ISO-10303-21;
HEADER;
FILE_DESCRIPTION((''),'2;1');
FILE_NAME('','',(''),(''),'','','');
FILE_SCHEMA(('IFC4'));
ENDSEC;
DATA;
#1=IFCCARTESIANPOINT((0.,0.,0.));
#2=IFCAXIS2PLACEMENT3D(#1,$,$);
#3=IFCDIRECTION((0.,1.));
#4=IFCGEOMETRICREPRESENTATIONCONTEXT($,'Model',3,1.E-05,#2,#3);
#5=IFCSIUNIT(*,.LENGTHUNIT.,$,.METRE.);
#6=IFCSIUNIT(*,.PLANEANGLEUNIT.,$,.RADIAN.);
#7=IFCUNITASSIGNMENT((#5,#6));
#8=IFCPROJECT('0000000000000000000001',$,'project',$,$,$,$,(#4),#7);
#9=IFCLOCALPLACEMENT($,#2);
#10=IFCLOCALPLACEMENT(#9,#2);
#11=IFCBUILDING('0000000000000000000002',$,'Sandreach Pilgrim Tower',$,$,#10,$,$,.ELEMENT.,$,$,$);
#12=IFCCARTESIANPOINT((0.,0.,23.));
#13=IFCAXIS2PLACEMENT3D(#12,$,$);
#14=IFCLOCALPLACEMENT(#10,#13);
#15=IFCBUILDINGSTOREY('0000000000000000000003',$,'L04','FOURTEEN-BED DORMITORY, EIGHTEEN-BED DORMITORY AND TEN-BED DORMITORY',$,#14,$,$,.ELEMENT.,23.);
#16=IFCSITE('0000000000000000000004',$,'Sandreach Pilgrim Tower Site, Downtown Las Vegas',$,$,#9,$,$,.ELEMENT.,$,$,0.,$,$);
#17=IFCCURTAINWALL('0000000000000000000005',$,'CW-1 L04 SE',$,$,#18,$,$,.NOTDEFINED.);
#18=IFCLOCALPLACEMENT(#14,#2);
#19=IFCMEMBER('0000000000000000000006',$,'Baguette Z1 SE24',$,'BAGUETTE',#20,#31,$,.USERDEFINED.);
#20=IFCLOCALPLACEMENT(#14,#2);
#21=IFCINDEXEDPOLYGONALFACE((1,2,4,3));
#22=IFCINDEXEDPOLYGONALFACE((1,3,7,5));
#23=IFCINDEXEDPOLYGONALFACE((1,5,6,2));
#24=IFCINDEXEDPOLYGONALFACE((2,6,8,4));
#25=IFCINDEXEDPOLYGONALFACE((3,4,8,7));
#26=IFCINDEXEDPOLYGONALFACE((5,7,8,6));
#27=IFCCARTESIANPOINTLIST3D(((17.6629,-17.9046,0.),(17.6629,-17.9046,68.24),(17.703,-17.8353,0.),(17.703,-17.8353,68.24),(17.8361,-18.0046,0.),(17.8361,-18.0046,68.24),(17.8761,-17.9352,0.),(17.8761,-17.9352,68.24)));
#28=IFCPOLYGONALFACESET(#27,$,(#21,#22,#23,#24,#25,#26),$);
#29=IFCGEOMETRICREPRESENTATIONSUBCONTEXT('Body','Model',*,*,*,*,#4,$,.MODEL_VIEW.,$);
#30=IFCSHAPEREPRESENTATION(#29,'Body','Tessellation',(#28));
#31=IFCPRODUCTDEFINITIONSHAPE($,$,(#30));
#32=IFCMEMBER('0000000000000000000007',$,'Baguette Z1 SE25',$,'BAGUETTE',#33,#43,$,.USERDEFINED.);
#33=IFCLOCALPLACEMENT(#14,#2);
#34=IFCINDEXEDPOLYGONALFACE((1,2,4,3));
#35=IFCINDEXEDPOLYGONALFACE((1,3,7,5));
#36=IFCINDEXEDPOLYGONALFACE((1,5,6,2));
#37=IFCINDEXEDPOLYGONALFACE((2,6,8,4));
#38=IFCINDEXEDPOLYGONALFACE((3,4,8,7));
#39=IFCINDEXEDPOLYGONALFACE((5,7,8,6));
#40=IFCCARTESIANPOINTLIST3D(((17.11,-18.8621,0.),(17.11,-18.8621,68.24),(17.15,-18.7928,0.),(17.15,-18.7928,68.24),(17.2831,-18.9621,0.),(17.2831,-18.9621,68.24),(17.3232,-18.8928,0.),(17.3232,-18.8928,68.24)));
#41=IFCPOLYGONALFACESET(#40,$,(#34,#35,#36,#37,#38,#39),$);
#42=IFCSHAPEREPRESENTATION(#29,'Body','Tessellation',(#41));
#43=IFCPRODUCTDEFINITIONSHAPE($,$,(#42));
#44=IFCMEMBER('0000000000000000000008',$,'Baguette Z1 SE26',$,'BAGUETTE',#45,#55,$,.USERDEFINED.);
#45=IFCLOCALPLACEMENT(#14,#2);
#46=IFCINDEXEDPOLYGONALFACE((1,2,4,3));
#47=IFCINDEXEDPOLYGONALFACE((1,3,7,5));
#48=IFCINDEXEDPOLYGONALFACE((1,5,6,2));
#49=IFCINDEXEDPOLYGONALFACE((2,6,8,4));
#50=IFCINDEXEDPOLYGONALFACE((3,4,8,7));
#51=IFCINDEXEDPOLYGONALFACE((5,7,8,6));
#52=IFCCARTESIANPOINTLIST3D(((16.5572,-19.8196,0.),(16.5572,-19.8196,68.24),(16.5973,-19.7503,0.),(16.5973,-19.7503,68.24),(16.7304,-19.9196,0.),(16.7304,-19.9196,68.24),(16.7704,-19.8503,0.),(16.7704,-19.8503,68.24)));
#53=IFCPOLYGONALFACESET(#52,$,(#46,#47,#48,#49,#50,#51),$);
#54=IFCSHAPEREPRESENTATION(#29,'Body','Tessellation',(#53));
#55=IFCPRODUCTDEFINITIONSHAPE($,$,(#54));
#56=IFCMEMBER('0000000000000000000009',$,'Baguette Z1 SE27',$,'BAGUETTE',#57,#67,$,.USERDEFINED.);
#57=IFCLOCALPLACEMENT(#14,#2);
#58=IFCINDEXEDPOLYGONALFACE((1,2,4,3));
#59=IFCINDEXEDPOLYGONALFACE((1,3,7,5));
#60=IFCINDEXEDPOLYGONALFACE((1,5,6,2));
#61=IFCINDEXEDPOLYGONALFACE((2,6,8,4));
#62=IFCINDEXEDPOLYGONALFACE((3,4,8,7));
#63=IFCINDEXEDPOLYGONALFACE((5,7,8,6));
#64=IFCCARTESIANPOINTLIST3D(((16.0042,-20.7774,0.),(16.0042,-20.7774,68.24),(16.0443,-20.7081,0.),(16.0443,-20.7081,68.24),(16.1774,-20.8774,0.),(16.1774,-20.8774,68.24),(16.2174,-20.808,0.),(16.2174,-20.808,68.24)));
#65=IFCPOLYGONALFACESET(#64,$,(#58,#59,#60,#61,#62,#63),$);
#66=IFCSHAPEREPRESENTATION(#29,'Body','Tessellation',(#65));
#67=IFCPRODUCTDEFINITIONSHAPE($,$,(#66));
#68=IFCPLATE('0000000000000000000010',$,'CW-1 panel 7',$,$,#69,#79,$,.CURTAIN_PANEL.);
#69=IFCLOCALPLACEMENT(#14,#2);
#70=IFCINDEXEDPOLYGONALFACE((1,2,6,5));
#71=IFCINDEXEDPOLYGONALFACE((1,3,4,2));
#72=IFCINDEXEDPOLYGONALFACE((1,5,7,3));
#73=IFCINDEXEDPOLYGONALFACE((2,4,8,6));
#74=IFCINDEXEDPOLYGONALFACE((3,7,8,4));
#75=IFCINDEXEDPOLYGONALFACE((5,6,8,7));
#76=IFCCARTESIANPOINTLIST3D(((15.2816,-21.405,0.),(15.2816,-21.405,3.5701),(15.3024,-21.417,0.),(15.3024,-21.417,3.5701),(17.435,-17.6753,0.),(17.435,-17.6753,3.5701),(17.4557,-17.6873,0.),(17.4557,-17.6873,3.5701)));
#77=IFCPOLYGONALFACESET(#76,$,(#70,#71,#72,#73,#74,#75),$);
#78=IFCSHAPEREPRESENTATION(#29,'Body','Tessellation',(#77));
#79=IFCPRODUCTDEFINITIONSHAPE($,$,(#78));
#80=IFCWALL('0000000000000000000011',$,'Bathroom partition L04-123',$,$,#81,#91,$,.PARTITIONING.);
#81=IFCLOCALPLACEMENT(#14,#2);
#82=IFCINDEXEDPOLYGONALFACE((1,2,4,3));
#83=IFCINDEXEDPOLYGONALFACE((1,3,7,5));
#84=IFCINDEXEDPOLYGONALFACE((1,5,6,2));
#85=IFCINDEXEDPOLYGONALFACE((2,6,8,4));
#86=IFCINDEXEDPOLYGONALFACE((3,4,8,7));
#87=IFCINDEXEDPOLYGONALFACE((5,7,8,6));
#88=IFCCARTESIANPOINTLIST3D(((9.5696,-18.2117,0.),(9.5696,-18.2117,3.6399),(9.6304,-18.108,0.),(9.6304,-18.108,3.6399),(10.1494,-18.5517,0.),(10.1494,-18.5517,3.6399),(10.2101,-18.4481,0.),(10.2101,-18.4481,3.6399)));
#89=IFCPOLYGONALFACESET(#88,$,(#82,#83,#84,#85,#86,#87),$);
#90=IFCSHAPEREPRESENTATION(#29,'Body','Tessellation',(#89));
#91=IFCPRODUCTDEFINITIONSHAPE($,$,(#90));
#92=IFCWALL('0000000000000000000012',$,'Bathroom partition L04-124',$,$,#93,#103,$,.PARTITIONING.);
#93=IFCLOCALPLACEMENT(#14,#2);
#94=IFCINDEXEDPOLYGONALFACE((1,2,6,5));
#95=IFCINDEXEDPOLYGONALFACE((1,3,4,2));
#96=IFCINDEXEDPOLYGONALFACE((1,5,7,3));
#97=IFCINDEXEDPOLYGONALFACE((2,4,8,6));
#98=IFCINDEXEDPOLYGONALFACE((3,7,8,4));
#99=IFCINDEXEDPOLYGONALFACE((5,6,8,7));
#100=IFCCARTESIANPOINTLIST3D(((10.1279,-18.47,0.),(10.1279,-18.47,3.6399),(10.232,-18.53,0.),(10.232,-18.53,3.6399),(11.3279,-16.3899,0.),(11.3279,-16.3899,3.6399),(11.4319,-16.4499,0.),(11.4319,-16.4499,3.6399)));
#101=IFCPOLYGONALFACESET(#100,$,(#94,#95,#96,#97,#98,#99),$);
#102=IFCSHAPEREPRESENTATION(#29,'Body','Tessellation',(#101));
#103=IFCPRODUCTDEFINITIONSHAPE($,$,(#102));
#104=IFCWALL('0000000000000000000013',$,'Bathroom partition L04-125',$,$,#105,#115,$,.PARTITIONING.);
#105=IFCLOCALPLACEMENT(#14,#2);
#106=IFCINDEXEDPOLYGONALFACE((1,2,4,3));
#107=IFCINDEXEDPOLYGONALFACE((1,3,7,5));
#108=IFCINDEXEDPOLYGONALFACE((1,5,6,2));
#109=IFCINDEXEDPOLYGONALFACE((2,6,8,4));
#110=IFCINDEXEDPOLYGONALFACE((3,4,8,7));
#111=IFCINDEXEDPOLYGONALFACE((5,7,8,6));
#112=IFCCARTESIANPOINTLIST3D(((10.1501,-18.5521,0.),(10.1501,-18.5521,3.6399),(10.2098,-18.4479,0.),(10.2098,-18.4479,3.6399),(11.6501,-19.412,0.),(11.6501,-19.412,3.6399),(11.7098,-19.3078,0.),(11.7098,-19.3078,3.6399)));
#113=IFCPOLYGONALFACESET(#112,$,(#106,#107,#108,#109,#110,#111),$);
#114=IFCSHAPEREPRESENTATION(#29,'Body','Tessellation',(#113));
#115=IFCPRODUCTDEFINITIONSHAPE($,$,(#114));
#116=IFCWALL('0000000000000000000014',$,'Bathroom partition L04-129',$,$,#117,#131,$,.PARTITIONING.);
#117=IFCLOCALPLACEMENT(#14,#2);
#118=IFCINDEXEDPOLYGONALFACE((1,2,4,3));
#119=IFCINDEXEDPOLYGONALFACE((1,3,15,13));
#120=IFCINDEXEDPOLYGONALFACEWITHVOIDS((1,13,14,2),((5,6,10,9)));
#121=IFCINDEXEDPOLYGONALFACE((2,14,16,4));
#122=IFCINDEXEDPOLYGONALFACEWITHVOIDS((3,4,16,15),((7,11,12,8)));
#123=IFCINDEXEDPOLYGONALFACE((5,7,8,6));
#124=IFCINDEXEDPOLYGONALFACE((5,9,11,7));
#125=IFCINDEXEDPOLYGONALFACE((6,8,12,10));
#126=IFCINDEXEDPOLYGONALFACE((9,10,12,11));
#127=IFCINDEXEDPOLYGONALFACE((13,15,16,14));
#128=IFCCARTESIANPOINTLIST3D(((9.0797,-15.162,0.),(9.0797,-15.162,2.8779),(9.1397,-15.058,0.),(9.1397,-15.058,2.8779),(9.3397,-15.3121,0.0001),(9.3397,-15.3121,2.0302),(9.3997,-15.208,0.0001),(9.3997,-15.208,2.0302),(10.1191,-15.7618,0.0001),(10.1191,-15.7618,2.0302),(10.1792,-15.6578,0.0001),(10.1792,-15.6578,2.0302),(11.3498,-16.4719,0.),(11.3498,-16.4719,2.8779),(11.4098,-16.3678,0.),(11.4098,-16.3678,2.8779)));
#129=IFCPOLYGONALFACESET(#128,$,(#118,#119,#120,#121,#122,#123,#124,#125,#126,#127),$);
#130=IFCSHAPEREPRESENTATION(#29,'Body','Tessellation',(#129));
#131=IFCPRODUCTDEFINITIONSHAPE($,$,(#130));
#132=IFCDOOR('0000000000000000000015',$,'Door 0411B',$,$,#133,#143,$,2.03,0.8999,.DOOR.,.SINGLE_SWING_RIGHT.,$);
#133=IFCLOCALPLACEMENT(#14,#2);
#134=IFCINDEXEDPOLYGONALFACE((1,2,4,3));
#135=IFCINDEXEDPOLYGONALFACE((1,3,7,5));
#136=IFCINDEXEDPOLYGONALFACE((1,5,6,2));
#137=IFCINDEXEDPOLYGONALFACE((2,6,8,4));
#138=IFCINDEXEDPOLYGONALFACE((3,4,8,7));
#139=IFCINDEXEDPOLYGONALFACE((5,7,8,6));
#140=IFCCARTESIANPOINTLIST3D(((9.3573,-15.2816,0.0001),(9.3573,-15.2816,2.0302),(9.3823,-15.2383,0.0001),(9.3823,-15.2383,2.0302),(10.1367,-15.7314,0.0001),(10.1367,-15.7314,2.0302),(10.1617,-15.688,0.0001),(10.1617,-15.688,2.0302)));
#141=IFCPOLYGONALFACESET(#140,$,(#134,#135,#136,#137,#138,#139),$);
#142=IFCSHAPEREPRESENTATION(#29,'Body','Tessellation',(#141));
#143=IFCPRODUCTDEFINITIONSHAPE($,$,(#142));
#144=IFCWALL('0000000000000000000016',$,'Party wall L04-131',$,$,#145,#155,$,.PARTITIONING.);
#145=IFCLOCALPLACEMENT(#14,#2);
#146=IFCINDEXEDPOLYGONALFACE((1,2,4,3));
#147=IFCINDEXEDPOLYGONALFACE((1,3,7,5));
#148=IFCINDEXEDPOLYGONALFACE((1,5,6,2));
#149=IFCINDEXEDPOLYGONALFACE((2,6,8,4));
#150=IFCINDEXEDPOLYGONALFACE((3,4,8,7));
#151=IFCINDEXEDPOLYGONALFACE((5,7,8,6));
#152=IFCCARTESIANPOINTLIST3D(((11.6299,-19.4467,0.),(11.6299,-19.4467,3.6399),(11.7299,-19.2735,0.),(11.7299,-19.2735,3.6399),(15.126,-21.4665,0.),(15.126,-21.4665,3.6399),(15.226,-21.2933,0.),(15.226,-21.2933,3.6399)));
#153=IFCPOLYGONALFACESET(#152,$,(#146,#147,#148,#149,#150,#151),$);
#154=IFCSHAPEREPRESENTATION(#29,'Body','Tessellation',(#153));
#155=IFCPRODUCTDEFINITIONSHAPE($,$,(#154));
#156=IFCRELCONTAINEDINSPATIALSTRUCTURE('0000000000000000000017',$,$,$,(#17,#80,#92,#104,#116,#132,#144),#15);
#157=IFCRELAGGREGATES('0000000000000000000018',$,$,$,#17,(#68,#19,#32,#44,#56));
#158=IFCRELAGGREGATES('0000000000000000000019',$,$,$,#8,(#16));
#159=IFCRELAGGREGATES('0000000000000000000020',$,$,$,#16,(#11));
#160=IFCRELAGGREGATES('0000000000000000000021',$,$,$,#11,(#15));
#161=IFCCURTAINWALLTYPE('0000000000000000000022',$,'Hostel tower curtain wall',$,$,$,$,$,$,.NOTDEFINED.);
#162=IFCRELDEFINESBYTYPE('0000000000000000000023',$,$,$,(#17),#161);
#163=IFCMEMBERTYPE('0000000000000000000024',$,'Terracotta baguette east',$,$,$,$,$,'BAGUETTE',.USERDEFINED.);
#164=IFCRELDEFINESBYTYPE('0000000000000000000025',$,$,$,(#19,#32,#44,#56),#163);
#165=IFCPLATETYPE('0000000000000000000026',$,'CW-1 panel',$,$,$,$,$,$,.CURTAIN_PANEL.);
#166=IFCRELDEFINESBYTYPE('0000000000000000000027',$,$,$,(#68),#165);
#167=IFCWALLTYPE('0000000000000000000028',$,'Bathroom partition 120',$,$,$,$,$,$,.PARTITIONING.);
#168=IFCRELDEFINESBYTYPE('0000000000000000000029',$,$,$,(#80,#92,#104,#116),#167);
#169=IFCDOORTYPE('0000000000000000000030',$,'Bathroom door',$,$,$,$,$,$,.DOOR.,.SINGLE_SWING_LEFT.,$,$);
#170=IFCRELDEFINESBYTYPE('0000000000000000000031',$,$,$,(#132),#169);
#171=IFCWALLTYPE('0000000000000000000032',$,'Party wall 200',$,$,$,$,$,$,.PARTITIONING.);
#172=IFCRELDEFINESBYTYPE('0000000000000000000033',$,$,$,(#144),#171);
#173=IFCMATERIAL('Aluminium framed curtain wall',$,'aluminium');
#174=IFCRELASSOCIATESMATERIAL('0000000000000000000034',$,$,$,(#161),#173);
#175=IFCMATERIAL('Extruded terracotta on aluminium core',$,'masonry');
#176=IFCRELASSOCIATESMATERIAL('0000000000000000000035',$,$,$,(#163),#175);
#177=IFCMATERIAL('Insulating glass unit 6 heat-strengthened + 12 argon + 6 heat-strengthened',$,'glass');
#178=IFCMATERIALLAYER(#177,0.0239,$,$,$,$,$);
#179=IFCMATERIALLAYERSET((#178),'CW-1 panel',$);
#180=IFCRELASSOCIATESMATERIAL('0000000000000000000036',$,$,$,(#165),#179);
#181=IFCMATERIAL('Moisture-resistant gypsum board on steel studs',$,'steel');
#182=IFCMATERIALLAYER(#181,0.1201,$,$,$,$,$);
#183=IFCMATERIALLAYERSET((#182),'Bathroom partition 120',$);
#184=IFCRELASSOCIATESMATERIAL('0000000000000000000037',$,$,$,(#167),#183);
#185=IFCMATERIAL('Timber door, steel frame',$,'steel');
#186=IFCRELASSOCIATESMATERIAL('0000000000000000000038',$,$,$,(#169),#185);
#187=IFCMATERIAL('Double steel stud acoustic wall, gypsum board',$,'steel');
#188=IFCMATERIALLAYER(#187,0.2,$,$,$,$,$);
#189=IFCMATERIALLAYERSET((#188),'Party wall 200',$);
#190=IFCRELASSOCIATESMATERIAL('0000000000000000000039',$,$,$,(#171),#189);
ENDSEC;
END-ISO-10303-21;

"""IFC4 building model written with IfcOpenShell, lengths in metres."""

from ifc_helpers import new_model, si_unit, direction, frame, frame_2d, origin, origin_2d, place, context, subcontext, project, spatial, rectangle, extrude, material, layer, layer_set, material_profile, profile_set, type_object, element, fill, aggregate, save


model = new_model("IFC4")

# Units and contexts
model_context = context("Model", 3, precision=1e-05, world=origin(), true_north=direction((0.0, 1.0)))
body_context = subcontext(model_context, "Body", "Model", "MODEL_VIEW")
ifc_project = project(units=[si_unit("LENGTHUNIT", "METRE"), si_unit("PLANEANGLEUNIT", "RADIAN")], contexts=[model_context])

# Site, building, storey
site_placement = place(None, origin())
site = spatial("IfcSite", under=ifc_project, at=site_placement, Name="Sandreach Pilgrim Tower Site, Downtown Las Vegas", CompositionType="ELEMENT", RefElevation=0.0)
building_placement = place(site_placement, origin())
building = spatial("IfcBuilding", under=site, at=building_placement, Name="Sandreach Pilgrim Tower", CompositionType="ELEMENT")
storey_placement = place(building_placement, frame((0.0, 0.0, 23.0)))
storey = spatial("IfcBuildingStorey", under=building, at=storey_placement, Name="L04", Description="FOURTEEN-BED DORMITORY, EIGHTEEN-BED DORMITORY AND TEN-BED DORMITORY", CompositionType="ELEMENT", Elevation=23.0)

# Curtain wall
ifc_material_1 = material(Name="Aluminium framed curtain wall", Category="aluminium")
curtain_wall_type = type_object("IfcCurtainWallType", Name="Hostel tower curtain wall", PredefinedType="NOTDEFINED", material=ifc_material_1)
curtain_wall_placement = place(storey_placement, origin())
curtain_wall = element("IfcCurtainWall", 1, at=curtain_wall_placement, inside=storey, type_object=curtain_wall_type, Name="CW-1 L04 SE", PredefinedType="NOTDEFINED")

# Members
ifc_material_2 = material(Name="Extruded terracotta on aluminium core", Category="masonry")
ifc_material_profile_1 = material_profile(ifc_material_2, rectangle(XDim=0.0801, YDim=0.2, at=origin_2d()), Name="TBE 80X200")
ifc_profile_set_1 = profile_set([ifc_material_profile_1], Name="Extruded terracotta on aluminium core")
member_type_1 = type_object("IfcMemberType", Name="Terracotta baguette east", ElementType="BAGUETTE", PredefinedType="USERDEFINED", material=ifc_profile_set_1)
member_1_placement = place(storey_placement, frame((17.7695, -17.9199, 0.0), z_axis=(0.0, 0.0, 1.0), x_axis=(-0.5, -0.866025, 0.0)))
member_1 = element("IfcMember", 2, at=member_1_placement, type_object=member_type_1, Name="Baguette Z1 SE24", ObjectType="BAGUETTE", PredefinedType="USERDEFINED", context=body_context, shape_type="SweptSolid", body=[
    extrude(rectangle(XDim=0.0801, YDim=0.2, at=origin_2d()), origin(), (0.0, 0.0, 1.0), 68.24),
])
member_2_placement = place(storey_placement, frame((17.2166, -18.8774, 0.0), z_axis=(0.0, 0.0, 1.0), x_axis=(-0.5, -0.866025, 0.0)))
member_2 = element("IfcMember", 3, at=member_2_placement, type_object=member_type_1, Name="Baguette Z1 SE25", ObjectType="BAGUETTE", PredefinedType="USERDEFINED", context=body_context, shape_type="SweptSolid", body=[
    extrude(rectangle(XDim=0.0801, YDim=0.2, at=origin_2d()), origin(), (0.0, 0.0, 1.0), 68.24),
])
member_3_placement = place(storey_placement, frame((16.6638, -19.835, 0.0), z_axis=(0.0, 0.0, 1.0), x_axis=(-0.5, -0.866025, 0.0)))
member_3 = element("IfcMember", 4, at=member_3_placement, type_object=member_type_1, Name="Baguette Z1 SE26", ObjectType="BAGUETTE", PredefinedType="USERDEFINED", context=body_context, shape_type="SweptSolid", body=[
    extrude(rectangle(XDim=0.0801, YDim=0.2, at=origin_2d()), origin(), (0.0, 0.0, 1.0), 68.24),
])
member_4_placement = place(storey_placement, frame((16.1108, -20.7927, 0.0), z_axis=(0.0, 0.0, 1.0), x_axis=(-0.5, -0.866025, 0.0)))
member_4 = element("IfcMember", 5, at=member_4_placement, type_object=member_type_1, Name="Baguette Z1 SE27", ObjectType="BAGUETTE", PredefinedType="USERDEFINED", context=body_context, shape_type="SweptSolid", body=[
    extrude(rectangle(XDim=0.0801, YDim=0.2, at=origin_2d()), origin(), (0.0, 0.0, 1.0), 68.24),
])

# Plate
ifc_material_3 = material(Name="Insulating glass unit 6 heat-strengthened + 12 argon + 6 heat-strengthened", Category="glass")
ifc_layer_1 = layer(ifc_material_3, 0.0239)
ifc_layer_set_1 = layer_set([ifc_layer_1], Name="CW-1 panel")
plate_type = type_object("IfcPlateType", Name="CW-1 panel", PredefinedType="CURTAIN_PANEL", material=ifc_layer_set_1)
plate_placement = place(storey_placement, frame((16.3687, -19.5461, 0.0), z_axis=(0.0, 0.0, 1.0), x_axis=(-0.5, -0.866025, 0.0)))
plate = element("IfcPlate", 6, at=plate_placement, type_object=plate_type, Name="CW-1 panel 7", PredefinedType="CURTAIN_PANEL", context=body_context, shape_type="SweptSolid", body=[
    extrude(rectangle(XDim=4.3066, YDim=0.0239, at=origin_2d()), origin(), (0.0, 0.0, 1.0), 3.5701),
])
aggregate(curtain_wall, [plate, member_1, member_2, member_3, member_4])

# Walls
ifc_material_4 = material(Name="Moisture-resistant gypsum board on steel studs", Category="steel")
ifc_layer_2 = layer(ifc_material_4, 0.1201)
ifc_layer_set_2 = layer_set([ifc_layer_2], Name="Bathroom partition 120")
wall_type_1 = type_object("IfcWallType", Name="Bathroom partition 120", PredefinedType="PARTITIONING", material=ifc_layer_set_2)
wall_1_placement = place(storey_placement, frame((9.6001, -18.1599, 0.0), z_axis=(0.0, 0.0, 1.0), x_axis=(0.862578, -0.505925, 0.0)))
element("IfcWall", 7, at=wall_1_placement, inside=storey, type_object=wall_type_1, Name="Bathroom partition L04-123", PredefinedType="PARTITIONING", context=body_context, shape_type="SweptSolid", body=[
    extrude(rectangle(XDim=0.6721, YDim=0.1201, at=frame_2d((0.3359, 0.0))), origin(), (0.0, 0.0, 1.0), 3.6399),
])
wall_2_placement = place(storey_placement, frame((10.1799, -18.5, 0.0), z_axis=(0.0, 0.0, 1.0), x_axis=(0.499693, 0.866203, 0.0)))
element("IfcWall", 8, at=wall_2_placement, inside=storey, type_object=wall_type_1, Name="Bathroom partition L04-124", PredefinedType="PARTITIONING", context=body_context, shape_type="SweptSolid", body=[
    extrude(rectangle(XDim=2.4014, YDim=0.1201, at=frame_2d((1.2007, 0.0))), origin(), (0.0, 0.0, 1.0), 3.6399),
])
wall_3_placement = place(storey_placement, frame((10.1799, -18.5, 0.0), z_axis=(0.0, 0.0, 1.0), x_axis=(0.867565, -0.497325, 0.0)))
element("IfcWall", 9, at=wall_3_placement, inside=storey, type_object=wall_type_1, Name="Bathroom partition L04-125", PredefinedType="PARTITIONING", context=body_context, shape_type="SweptSolid", body=[
    extrude(rectangle(XDim=1.729, YDim=0.1201, at=frame_2d((0.8645, 0.0))), origin(), (0.0, 0.0, 1.0), 3.6399),
])

# Wall, opening, door
wall_4_placement = place(storey_placement, frame((11.3799, -16.4199, 0.0), z_axis=(0.0, 0.0, 1.0), x_axis=(-0.866155, 0.499776, 0.0)))
wall_4 = element("IfcWall", 10, at=wall_4_placement, inside=storey, type_object=wall_type_1, Name="Bathroom partition L04-129", PredefinedType="PARTITIONING", context=body_context, shape_type="SweptSolid", body=[
    extrude(rectangle(XDim=2.6208, YDim=0.1201, at=frame_2d((1.3105, 0.0))), origin(), (0.0, 0.0, 1.0), 2.8779),
])
opening_placement = place(wall_4_placement, frame((1.4209, 0.0, 0.0)))
opening = element("IfcOpeningElement", 11, at=opening_placement, cuts=wall_4, PredefinedType="OPENING", context=body_context, shape_type="SweptSolid", body=[
    extrude(rectangle(XDim=0.8999, YDim=2.03, at=frame_2d((0.45, 1.0151))), frame((0.0, 0.0601, 0.0), z_axis=(0.0, -1.0, 0.0), x_axis=(1.0, 0.0, 0.0)), (0.0, 0.0, 1.0), 0.1201),
])
ifc_material_5 = material(Name="Timber door, steel frame", Category="steel")
door_type = type_object("IfcDoorType", Name="Bathroom door", OperationType="SINGLE_SWING_LEFT", PredefinedType="DOOR", material=ifc_material_5)
door_placement = place(opening_placement, origin())
door = element("IfcDoor", 12, at=door_placement, inside=storey, type_object=door_type, Name="Door 0411B", OperationType="SINGLE_SWING_RIGHT", OverallHeight=2.03, OverallWidth=0.8999, PredefinedType="DOOR", context=body_context, shape_type="SweptSolid", body=[
    extrude(rectangle(XDim=0.8999, YDim=2.03, at=frame_2d((0.45, 1.0151))), frame((0.0, 0.0249, 0.0), z_axis=(0.0, -1.0, 0.0), x_axis=(1.0, 0.0, 0.0)), (0.0, 0.0, 1.0), 0.05),
])
fill(opening, door)

# Wall
ifc_material_6 = material(Name="Double steel stud acoustic wall, gypsum board", Category="steel")
ifc_layer_3 = layer(ifc_material_6, 0.2)
ifc_layer_set_3 = layer_set([ifc_layer_3], Name="Party wall 200")
wall_type_2 = type_object("IfcWallType", Name="Party wall 200", PredefinedType="PARTITIONING", material=ifc_layer_set_3)
wall_5_placement = place(storey_placement, frame((11.6799, -19.3601, 0.0), z_axis=(0.0, 0.0, 1.0), x_axis=(0.865885, -0.500242, 0.0)))
element("IfcWall", 13, at=wall_5_placement, inside=storey, type_object=wall_type_2, Name="Party wall L04-131", PredefinedType="PARTITIONING", context=body_context, shape_type="SweptSolid", body=[
    extrude(rectangle(XDim=4.0376, YDim=0.2, at=frame_2d((2.0188, 0.0))), origin(), (0.0, 0.0, 1.0), 3.6399),
])

save(model, "model.ifc")
